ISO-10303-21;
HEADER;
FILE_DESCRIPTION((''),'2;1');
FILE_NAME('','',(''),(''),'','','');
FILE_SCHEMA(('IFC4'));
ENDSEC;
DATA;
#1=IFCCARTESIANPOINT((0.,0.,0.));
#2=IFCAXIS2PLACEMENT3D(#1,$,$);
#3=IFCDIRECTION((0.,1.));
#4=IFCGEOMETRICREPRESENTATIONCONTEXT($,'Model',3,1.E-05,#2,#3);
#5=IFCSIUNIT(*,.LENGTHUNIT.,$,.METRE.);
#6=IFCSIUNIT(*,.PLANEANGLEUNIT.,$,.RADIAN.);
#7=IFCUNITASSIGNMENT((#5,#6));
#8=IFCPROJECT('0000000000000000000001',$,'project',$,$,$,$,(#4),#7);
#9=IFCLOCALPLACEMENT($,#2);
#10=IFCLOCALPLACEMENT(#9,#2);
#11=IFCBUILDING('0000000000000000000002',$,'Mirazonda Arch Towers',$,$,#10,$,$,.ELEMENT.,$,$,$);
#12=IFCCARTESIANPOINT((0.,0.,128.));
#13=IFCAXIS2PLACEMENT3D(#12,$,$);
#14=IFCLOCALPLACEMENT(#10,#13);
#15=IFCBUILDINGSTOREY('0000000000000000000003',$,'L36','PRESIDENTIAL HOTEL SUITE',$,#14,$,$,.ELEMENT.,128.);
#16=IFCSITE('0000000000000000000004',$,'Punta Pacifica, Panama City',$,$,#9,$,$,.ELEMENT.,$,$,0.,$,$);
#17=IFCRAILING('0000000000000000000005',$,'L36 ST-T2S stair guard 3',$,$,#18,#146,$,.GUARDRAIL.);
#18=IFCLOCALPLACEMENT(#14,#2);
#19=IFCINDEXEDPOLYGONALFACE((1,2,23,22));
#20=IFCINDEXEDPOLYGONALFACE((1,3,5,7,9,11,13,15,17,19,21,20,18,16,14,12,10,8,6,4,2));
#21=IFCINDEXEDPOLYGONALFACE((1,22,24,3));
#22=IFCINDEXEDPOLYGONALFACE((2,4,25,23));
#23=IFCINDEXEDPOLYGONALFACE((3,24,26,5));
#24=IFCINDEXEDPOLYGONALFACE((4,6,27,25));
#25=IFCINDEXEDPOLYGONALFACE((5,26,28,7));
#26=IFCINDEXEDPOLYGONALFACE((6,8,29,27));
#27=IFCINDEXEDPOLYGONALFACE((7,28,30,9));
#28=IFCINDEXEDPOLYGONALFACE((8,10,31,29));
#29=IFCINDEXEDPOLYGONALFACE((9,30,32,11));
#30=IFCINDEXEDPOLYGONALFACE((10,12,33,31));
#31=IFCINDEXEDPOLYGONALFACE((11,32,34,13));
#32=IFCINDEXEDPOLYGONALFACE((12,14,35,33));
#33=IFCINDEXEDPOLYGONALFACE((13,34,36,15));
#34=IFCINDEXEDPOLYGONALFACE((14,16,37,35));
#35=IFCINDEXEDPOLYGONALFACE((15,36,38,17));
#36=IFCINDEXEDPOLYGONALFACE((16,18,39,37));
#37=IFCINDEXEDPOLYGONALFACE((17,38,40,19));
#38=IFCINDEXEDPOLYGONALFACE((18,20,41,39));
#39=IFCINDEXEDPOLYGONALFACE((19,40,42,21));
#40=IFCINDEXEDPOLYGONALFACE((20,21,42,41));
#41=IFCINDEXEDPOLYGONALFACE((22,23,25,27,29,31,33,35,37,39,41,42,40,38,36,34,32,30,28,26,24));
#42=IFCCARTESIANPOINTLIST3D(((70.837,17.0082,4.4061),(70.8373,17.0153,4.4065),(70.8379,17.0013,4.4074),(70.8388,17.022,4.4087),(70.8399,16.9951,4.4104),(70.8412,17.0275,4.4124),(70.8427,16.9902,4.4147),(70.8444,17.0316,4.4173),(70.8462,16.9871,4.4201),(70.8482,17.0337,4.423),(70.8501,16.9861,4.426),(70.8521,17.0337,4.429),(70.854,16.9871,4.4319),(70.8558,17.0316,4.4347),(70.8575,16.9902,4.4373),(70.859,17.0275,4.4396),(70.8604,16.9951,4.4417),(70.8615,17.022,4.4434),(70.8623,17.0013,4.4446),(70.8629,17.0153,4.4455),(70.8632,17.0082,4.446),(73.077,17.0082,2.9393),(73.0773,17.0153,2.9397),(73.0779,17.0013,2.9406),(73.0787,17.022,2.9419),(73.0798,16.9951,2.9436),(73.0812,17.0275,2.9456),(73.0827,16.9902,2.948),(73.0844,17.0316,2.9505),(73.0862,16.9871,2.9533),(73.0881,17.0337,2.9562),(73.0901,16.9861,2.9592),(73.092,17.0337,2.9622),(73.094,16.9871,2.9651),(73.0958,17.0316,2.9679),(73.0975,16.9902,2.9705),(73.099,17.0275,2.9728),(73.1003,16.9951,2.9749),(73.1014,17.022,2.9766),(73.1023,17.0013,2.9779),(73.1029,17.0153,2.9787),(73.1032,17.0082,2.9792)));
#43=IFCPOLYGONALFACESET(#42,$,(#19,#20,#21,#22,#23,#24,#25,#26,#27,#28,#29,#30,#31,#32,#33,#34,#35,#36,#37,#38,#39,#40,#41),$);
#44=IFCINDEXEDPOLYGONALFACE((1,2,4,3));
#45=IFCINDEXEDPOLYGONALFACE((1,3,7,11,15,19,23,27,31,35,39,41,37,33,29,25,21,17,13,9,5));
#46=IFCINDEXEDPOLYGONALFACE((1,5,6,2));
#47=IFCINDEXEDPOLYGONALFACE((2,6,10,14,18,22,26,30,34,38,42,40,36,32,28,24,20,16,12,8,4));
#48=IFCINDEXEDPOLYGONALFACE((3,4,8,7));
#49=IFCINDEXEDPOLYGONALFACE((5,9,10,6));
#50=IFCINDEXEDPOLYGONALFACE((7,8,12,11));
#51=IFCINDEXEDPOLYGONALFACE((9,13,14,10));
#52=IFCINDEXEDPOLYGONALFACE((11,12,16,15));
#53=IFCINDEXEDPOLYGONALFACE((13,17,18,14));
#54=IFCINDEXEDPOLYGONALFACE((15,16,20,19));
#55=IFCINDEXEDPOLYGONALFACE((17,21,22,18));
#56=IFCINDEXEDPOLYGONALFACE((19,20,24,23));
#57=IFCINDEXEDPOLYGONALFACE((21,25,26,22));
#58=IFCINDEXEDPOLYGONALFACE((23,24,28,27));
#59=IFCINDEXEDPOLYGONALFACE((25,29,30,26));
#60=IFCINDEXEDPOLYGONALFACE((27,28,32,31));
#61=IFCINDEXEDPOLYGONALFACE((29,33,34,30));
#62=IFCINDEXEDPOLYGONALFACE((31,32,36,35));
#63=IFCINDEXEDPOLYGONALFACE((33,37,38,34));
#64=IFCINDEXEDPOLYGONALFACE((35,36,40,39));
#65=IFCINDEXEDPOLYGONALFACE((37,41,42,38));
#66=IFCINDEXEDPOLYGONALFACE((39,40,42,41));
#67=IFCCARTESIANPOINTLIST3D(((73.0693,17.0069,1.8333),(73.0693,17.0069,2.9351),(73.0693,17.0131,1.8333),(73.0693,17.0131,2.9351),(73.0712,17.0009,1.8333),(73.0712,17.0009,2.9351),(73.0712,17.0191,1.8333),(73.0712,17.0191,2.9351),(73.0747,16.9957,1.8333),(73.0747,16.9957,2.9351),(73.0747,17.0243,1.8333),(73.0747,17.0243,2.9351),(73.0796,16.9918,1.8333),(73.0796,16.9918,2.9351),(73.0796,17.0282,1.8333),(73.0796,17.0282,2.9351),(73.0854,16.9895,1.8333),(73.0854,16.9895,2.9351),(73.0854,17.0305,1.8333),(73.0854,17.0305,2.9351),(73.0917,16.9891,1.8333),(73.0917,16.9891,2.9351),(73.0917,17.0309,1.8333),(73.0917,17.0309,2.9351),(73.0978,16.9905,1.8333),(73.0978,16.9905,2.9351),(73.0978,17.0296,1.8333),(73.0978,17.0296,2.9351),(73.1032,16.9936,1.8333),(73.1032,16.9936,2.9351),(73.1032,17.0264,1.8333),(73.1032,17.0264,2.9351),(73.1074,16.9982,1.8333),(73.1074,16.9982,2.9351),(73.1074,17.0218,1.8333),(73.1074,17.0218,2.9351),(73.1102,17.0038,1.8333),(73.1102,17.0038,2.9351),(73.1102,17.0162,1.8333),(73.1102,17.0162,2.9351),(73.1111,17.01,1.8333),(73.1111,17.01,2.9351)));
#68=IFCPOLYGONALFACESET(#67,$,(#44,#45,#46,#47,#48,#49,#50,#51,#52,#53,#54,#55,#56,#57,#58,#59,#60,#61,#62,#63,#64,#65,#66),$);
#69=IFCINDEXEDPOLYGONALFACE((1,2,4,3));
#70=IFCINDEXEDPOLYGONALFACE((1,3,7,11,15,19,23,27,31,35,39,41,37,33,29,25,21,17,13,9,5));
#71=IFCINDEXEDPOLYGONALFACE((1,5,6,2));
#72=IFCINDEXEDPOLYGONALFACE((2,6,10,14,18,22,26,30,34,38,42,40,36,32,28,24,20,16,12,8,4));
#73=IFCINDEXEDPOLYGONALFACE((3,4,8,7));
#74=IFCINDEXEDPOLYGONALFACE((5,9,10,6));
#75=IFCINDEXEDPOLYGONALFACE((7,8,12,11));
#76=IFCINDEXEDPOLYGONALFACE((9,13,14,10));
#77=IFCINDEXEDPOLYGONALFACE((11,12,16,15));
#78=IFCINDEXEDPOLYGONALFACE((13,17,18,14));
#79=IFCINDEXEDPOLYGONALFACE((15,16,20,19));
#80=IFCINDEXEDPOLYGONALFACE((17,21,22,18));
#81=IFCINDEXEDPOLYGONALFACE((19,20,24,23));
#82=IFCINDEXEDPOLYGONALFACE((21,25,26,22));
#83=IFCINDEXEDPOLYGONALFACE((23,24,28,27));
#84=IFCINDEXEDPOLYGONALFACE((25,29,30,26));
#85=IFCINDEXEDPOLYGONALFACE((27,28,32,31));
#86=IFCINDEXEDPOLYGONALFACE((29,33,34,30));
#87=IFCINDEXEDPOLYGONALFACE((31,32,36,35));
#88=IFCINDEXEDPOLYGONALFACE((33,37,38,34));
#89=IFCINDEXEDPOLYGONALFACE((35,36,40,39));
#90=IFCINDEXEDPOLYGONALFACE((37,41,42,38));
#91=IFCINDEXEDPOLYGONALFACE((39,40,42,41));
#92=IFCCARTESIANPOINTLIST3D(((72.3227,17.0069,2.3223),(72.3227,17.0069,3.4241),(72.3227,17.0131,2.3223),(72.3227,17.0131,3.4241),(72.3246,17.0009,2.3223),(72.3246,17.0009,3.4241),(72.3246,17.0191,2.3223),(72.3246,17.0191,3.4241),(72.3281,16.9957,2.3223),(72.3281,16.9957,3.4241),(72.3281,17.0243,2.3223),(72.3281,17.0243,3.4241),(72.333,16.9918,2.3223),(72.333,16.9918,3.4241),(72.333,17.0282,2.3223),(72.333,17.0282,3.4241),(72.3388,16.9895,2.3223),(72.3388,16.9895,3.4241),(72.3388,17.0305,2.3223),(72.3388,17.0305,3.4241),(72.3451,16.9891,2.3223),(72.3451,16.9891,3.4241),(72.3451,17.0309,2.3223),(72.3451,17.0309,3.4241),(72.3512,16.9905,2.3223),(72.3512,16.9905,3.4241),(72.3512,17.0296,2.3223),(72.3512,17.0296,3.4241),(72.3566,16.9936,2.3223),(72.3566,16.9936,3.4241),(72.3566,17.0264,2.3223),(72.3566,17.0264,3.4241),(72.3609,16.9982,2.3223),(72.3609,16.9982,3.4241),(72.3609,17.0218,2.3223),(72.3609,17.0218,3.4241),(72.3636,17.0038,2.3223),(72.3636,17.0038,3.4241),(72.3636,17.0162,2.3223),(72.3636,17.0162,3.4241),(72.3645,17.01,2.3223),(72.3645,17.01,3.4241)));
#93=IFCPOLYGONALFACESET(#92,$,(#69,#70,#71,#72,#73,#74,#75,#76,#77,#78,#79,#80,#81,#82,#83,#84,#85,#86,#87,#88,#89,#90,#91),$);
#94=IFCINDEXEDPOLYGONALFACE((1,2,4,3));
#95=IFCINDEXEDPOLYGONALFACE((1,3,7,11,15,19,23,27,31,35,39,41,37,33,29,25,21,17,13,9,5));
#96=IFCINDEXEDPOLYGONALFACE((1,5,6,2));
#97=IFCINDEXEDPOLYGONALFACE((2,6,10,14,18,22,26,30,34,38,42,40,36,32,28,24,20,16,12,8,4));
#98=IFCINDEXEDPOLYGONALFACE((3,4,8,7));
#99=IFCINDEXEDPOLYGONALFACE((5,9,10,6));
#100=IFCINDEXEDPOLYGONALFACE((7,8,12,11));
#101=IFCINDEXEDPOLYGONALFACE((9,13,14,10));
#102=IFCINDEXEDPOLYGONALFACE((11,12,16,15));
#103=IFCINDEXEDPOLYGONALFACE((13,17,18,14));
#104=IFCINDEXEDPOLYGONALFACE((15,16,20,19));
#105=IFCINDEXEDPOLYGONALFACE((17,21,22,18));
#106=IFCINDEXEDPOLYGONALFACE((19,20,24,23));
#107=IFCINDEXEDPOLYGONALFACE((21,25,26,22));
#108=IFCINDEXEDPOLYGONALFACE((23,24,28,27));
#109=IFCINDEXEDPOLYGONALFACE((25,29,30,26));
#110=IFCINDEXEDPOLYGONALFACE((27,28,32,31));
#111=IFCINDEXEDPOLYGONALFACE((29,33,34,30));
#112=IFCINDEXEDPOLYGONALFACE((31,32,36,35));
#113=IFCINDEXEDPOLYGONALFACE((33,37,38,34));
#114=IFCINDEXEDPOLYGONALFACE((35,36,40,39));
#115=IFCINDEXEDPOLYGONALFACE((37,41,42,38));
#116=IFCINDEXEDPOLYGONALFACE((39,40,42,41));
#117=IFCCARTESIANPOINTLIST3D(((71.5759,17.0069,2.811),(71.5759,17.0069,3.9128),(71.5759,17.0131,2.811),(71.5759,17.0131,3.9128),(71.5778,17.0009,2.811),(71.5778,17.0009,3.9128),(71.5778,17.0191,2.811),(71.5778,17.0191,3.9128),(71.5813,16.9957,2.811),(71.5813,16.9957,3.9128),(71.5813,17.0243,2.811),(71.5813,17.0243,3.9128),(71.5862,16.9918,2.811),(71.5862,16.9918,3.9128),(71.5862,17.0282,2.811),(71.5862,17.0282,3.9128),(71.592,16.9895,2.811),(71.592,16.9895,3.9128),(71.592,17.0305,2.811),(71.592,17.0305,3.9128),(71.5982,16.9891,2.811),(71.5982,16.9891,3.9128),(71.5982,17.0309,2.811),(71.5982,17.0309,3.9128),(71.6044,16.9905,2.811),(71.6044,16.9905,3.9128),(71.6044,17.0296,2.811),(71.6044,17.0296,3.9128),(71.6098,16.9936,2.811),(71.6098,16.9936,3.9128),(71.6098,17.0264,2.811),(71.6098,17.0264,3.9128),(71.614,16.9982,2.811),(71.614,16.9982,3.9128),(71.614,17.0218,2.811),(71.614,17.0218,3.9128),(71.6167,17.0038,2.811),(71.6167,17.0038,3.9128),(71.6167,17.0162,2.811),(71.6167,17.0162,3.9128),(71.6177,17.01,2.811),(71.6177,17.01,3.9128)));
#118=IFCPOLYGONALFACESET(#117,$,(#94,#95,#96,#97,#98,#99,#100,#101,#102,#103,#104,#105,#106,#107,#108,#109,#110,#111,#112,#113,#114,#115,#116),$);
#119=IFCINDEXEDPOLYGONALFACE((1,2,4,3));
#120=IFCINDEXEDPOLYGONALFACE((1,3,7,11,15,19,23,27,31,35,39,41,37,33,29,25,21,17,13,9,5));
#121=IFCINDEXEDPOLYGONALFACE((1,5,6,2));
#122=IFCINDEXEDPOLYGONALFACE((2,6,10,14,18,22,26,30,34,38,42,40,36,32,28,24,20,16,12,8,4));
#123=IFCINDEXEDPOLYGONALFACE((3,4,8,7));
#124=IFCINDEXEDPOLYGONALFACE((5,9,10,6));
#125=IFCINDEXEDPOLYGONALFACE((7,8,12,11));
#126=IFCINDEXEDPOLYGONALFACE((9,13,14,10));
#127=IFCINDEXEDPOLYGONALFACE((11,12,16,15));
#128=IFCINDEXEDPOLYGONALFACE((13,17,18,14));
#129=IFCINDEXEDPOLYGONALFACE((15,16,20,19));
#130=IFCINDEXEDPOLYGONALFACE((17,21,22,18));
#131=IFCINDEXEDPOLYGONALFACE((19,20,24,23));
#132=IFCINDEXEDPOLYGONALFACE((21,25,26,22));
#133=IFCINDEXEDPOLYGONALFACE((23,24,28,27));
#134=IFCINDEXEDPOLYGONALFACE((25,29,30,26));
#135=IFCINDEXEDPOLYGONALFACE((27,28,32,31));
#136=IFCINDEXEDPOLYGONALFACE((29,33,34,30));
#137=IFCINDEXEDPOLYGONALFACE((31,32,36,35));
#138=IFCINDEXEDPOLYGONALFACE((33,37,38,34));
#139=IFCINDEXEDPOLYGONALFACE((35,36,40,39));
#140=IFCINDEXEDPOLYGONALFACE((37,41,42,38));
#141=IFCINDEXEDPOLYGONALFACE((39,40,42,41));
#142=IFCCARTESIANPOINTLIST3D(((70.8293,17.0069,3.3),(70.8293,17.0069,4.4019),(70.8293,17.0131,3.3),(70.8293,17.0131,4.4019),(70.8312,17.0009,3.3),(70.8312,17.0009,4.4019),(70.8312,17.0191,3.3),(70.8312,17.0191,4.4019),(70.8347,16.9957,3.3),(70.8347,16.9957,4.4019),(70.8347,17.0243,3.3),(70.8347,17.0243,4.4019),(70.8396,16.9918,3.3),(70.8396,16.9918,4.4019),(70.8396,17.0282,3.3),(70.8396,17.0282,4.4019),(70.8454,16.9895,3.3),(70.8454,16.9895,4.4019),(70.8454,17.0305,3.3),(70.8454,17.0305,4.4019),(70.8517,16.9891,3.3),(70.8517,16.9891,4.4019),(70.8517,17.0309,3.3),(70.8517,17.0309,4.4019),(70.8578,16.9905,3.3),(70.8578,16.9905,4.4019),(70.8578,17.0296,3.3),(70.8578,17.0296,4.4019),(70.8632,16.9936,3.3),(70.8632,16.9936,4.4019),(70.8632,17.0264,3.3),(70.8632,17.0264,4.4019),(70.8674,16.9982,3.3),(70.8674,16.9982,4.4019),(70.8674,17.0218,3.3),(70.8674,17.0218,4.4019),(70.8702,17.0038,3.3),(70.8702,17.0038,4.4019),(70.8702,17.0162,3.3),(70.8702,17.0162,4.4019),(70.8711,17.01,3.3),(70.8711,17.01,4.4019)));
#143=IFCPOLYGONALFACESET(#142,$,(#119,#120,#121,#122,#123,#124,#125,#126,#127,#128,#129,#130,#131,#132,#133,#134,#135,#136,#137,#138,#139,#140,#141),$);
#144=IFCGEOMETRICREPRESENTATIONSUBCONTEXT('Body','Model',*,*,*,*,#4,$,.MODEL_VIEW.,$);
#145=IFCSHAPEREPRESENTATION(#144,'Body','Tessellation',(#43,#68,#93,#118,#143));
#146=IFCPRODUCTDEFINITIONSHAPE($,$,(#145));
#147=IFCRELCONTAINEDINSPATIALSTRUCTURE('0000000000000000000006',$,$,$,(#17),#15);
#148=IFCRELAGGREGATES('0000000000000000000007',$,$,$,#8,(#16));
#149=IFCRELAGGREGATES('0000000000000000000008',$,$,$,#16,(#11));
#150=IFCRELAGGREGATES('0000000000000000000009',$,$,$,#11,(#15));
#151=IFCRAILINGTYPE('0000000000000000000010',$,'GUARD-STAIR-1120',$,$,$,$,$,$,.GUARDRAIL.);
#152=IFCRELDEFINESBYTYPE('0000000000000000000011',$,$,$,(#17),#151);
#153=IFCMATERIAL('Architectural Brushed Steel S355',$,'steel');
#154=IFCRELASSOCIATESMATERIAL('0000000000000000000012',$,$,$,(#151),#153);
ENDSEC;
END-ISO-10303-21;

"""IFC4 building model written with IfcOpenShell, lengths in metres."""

from ifc_helpers import new_model, si_unit, direction, frame, origin, origin_2d, place, context, subcontext, project, spatial, circle, extrude, material, type_object, element, save


model = new_model("IFC4")

# Units and contexts
model_context = context("Model", 3, precision=1e-05, world=origin(), true_north=direction((0.0, 1.0)))
body_context = subcontext(model_context, "Body", "Model", "MODEL_VIEW")
ifc_project = project(units=[si_unit("LENGTHUNIT", "METRE"), si_unit("PLANEANGLEUNIT", "RADIAN")], contexts=[model_context])

# Site, building, storey
site_placement = place(None, origin())
site = spatial("IfcSite", under=ifc_project, at=site_placement, Name="Punta Pacifica, Panama City", CompositionType="ELEMENT", RefElevation=0.0)
building_placement = place(site_placement, origin())
building = spatial("IfcBuilding", under=site, at=building_placement, Name="Mirazonda Arch Towers", CompositionType="ELEMENT")
storey_placement = place(building_placement, frame((0.0, 0.0, 128.0)))
storey = spatial("IfcBuildingStorey", under=building, at=storey_placement, Name="L36", Description="PRESIDENTIAL HOTEL SUITE", CompositionType="ELEMENT", Elevation=128.0)

# Railing
ifc_material_1 = material(Name="Architectural Brushed Steel S355", Category="steel")
railing_type_1 = type_object("IfcRailingType", Name="GUARD-STAIR-1120", PredefinedType="GUARDRAIL", material=ifc_material_1)
railing_1_placement = place(storey_placement, frame((73.0901, 17.01, 1.8333)))
element("IfcRailing", 1, at=railing_1_placement, inside=storey, type_object=railing_type_1, Name="L36 ST-T2S stair guard 3", PredefinedType="GUARDRAIL", context=body_context, shape_type="SweptSolid", body=[
    extrude(circle(Radius=0.0239, at=origin_2d()), frame((0.0, 0.0, 1.126), z_axis=(-0.836595, 0.0, 0.547822), x_axis=(0.0, -1.0, 0.0)), (0.0, 0.0, 1.0), 2.6775),
    extrude(circle(Radius=0.021, at=origin_2d()), origin(), (0.0, 0.0, 1.0), 1.1018),
    extrude(circle(Radius=0.021, at=origin_2d()), frame((-0.7466, 0.0, 0.489)), (0.0, 0.0, 1.0), 1.1018),
    extrude(circle(Radius=0.021, at=origin_2d()), frame((-1.4934, 0.0, 0.9778)), (0.0, 0.0, 1.0), 1.1018),
    extrude(circle(Radius=0.021, at=origin_2d()), frame((-2.24, 0.0, 1.4668)), (0.0, 0.0, 1.0), 1.1018),
])

save(model, "model.ifc")
